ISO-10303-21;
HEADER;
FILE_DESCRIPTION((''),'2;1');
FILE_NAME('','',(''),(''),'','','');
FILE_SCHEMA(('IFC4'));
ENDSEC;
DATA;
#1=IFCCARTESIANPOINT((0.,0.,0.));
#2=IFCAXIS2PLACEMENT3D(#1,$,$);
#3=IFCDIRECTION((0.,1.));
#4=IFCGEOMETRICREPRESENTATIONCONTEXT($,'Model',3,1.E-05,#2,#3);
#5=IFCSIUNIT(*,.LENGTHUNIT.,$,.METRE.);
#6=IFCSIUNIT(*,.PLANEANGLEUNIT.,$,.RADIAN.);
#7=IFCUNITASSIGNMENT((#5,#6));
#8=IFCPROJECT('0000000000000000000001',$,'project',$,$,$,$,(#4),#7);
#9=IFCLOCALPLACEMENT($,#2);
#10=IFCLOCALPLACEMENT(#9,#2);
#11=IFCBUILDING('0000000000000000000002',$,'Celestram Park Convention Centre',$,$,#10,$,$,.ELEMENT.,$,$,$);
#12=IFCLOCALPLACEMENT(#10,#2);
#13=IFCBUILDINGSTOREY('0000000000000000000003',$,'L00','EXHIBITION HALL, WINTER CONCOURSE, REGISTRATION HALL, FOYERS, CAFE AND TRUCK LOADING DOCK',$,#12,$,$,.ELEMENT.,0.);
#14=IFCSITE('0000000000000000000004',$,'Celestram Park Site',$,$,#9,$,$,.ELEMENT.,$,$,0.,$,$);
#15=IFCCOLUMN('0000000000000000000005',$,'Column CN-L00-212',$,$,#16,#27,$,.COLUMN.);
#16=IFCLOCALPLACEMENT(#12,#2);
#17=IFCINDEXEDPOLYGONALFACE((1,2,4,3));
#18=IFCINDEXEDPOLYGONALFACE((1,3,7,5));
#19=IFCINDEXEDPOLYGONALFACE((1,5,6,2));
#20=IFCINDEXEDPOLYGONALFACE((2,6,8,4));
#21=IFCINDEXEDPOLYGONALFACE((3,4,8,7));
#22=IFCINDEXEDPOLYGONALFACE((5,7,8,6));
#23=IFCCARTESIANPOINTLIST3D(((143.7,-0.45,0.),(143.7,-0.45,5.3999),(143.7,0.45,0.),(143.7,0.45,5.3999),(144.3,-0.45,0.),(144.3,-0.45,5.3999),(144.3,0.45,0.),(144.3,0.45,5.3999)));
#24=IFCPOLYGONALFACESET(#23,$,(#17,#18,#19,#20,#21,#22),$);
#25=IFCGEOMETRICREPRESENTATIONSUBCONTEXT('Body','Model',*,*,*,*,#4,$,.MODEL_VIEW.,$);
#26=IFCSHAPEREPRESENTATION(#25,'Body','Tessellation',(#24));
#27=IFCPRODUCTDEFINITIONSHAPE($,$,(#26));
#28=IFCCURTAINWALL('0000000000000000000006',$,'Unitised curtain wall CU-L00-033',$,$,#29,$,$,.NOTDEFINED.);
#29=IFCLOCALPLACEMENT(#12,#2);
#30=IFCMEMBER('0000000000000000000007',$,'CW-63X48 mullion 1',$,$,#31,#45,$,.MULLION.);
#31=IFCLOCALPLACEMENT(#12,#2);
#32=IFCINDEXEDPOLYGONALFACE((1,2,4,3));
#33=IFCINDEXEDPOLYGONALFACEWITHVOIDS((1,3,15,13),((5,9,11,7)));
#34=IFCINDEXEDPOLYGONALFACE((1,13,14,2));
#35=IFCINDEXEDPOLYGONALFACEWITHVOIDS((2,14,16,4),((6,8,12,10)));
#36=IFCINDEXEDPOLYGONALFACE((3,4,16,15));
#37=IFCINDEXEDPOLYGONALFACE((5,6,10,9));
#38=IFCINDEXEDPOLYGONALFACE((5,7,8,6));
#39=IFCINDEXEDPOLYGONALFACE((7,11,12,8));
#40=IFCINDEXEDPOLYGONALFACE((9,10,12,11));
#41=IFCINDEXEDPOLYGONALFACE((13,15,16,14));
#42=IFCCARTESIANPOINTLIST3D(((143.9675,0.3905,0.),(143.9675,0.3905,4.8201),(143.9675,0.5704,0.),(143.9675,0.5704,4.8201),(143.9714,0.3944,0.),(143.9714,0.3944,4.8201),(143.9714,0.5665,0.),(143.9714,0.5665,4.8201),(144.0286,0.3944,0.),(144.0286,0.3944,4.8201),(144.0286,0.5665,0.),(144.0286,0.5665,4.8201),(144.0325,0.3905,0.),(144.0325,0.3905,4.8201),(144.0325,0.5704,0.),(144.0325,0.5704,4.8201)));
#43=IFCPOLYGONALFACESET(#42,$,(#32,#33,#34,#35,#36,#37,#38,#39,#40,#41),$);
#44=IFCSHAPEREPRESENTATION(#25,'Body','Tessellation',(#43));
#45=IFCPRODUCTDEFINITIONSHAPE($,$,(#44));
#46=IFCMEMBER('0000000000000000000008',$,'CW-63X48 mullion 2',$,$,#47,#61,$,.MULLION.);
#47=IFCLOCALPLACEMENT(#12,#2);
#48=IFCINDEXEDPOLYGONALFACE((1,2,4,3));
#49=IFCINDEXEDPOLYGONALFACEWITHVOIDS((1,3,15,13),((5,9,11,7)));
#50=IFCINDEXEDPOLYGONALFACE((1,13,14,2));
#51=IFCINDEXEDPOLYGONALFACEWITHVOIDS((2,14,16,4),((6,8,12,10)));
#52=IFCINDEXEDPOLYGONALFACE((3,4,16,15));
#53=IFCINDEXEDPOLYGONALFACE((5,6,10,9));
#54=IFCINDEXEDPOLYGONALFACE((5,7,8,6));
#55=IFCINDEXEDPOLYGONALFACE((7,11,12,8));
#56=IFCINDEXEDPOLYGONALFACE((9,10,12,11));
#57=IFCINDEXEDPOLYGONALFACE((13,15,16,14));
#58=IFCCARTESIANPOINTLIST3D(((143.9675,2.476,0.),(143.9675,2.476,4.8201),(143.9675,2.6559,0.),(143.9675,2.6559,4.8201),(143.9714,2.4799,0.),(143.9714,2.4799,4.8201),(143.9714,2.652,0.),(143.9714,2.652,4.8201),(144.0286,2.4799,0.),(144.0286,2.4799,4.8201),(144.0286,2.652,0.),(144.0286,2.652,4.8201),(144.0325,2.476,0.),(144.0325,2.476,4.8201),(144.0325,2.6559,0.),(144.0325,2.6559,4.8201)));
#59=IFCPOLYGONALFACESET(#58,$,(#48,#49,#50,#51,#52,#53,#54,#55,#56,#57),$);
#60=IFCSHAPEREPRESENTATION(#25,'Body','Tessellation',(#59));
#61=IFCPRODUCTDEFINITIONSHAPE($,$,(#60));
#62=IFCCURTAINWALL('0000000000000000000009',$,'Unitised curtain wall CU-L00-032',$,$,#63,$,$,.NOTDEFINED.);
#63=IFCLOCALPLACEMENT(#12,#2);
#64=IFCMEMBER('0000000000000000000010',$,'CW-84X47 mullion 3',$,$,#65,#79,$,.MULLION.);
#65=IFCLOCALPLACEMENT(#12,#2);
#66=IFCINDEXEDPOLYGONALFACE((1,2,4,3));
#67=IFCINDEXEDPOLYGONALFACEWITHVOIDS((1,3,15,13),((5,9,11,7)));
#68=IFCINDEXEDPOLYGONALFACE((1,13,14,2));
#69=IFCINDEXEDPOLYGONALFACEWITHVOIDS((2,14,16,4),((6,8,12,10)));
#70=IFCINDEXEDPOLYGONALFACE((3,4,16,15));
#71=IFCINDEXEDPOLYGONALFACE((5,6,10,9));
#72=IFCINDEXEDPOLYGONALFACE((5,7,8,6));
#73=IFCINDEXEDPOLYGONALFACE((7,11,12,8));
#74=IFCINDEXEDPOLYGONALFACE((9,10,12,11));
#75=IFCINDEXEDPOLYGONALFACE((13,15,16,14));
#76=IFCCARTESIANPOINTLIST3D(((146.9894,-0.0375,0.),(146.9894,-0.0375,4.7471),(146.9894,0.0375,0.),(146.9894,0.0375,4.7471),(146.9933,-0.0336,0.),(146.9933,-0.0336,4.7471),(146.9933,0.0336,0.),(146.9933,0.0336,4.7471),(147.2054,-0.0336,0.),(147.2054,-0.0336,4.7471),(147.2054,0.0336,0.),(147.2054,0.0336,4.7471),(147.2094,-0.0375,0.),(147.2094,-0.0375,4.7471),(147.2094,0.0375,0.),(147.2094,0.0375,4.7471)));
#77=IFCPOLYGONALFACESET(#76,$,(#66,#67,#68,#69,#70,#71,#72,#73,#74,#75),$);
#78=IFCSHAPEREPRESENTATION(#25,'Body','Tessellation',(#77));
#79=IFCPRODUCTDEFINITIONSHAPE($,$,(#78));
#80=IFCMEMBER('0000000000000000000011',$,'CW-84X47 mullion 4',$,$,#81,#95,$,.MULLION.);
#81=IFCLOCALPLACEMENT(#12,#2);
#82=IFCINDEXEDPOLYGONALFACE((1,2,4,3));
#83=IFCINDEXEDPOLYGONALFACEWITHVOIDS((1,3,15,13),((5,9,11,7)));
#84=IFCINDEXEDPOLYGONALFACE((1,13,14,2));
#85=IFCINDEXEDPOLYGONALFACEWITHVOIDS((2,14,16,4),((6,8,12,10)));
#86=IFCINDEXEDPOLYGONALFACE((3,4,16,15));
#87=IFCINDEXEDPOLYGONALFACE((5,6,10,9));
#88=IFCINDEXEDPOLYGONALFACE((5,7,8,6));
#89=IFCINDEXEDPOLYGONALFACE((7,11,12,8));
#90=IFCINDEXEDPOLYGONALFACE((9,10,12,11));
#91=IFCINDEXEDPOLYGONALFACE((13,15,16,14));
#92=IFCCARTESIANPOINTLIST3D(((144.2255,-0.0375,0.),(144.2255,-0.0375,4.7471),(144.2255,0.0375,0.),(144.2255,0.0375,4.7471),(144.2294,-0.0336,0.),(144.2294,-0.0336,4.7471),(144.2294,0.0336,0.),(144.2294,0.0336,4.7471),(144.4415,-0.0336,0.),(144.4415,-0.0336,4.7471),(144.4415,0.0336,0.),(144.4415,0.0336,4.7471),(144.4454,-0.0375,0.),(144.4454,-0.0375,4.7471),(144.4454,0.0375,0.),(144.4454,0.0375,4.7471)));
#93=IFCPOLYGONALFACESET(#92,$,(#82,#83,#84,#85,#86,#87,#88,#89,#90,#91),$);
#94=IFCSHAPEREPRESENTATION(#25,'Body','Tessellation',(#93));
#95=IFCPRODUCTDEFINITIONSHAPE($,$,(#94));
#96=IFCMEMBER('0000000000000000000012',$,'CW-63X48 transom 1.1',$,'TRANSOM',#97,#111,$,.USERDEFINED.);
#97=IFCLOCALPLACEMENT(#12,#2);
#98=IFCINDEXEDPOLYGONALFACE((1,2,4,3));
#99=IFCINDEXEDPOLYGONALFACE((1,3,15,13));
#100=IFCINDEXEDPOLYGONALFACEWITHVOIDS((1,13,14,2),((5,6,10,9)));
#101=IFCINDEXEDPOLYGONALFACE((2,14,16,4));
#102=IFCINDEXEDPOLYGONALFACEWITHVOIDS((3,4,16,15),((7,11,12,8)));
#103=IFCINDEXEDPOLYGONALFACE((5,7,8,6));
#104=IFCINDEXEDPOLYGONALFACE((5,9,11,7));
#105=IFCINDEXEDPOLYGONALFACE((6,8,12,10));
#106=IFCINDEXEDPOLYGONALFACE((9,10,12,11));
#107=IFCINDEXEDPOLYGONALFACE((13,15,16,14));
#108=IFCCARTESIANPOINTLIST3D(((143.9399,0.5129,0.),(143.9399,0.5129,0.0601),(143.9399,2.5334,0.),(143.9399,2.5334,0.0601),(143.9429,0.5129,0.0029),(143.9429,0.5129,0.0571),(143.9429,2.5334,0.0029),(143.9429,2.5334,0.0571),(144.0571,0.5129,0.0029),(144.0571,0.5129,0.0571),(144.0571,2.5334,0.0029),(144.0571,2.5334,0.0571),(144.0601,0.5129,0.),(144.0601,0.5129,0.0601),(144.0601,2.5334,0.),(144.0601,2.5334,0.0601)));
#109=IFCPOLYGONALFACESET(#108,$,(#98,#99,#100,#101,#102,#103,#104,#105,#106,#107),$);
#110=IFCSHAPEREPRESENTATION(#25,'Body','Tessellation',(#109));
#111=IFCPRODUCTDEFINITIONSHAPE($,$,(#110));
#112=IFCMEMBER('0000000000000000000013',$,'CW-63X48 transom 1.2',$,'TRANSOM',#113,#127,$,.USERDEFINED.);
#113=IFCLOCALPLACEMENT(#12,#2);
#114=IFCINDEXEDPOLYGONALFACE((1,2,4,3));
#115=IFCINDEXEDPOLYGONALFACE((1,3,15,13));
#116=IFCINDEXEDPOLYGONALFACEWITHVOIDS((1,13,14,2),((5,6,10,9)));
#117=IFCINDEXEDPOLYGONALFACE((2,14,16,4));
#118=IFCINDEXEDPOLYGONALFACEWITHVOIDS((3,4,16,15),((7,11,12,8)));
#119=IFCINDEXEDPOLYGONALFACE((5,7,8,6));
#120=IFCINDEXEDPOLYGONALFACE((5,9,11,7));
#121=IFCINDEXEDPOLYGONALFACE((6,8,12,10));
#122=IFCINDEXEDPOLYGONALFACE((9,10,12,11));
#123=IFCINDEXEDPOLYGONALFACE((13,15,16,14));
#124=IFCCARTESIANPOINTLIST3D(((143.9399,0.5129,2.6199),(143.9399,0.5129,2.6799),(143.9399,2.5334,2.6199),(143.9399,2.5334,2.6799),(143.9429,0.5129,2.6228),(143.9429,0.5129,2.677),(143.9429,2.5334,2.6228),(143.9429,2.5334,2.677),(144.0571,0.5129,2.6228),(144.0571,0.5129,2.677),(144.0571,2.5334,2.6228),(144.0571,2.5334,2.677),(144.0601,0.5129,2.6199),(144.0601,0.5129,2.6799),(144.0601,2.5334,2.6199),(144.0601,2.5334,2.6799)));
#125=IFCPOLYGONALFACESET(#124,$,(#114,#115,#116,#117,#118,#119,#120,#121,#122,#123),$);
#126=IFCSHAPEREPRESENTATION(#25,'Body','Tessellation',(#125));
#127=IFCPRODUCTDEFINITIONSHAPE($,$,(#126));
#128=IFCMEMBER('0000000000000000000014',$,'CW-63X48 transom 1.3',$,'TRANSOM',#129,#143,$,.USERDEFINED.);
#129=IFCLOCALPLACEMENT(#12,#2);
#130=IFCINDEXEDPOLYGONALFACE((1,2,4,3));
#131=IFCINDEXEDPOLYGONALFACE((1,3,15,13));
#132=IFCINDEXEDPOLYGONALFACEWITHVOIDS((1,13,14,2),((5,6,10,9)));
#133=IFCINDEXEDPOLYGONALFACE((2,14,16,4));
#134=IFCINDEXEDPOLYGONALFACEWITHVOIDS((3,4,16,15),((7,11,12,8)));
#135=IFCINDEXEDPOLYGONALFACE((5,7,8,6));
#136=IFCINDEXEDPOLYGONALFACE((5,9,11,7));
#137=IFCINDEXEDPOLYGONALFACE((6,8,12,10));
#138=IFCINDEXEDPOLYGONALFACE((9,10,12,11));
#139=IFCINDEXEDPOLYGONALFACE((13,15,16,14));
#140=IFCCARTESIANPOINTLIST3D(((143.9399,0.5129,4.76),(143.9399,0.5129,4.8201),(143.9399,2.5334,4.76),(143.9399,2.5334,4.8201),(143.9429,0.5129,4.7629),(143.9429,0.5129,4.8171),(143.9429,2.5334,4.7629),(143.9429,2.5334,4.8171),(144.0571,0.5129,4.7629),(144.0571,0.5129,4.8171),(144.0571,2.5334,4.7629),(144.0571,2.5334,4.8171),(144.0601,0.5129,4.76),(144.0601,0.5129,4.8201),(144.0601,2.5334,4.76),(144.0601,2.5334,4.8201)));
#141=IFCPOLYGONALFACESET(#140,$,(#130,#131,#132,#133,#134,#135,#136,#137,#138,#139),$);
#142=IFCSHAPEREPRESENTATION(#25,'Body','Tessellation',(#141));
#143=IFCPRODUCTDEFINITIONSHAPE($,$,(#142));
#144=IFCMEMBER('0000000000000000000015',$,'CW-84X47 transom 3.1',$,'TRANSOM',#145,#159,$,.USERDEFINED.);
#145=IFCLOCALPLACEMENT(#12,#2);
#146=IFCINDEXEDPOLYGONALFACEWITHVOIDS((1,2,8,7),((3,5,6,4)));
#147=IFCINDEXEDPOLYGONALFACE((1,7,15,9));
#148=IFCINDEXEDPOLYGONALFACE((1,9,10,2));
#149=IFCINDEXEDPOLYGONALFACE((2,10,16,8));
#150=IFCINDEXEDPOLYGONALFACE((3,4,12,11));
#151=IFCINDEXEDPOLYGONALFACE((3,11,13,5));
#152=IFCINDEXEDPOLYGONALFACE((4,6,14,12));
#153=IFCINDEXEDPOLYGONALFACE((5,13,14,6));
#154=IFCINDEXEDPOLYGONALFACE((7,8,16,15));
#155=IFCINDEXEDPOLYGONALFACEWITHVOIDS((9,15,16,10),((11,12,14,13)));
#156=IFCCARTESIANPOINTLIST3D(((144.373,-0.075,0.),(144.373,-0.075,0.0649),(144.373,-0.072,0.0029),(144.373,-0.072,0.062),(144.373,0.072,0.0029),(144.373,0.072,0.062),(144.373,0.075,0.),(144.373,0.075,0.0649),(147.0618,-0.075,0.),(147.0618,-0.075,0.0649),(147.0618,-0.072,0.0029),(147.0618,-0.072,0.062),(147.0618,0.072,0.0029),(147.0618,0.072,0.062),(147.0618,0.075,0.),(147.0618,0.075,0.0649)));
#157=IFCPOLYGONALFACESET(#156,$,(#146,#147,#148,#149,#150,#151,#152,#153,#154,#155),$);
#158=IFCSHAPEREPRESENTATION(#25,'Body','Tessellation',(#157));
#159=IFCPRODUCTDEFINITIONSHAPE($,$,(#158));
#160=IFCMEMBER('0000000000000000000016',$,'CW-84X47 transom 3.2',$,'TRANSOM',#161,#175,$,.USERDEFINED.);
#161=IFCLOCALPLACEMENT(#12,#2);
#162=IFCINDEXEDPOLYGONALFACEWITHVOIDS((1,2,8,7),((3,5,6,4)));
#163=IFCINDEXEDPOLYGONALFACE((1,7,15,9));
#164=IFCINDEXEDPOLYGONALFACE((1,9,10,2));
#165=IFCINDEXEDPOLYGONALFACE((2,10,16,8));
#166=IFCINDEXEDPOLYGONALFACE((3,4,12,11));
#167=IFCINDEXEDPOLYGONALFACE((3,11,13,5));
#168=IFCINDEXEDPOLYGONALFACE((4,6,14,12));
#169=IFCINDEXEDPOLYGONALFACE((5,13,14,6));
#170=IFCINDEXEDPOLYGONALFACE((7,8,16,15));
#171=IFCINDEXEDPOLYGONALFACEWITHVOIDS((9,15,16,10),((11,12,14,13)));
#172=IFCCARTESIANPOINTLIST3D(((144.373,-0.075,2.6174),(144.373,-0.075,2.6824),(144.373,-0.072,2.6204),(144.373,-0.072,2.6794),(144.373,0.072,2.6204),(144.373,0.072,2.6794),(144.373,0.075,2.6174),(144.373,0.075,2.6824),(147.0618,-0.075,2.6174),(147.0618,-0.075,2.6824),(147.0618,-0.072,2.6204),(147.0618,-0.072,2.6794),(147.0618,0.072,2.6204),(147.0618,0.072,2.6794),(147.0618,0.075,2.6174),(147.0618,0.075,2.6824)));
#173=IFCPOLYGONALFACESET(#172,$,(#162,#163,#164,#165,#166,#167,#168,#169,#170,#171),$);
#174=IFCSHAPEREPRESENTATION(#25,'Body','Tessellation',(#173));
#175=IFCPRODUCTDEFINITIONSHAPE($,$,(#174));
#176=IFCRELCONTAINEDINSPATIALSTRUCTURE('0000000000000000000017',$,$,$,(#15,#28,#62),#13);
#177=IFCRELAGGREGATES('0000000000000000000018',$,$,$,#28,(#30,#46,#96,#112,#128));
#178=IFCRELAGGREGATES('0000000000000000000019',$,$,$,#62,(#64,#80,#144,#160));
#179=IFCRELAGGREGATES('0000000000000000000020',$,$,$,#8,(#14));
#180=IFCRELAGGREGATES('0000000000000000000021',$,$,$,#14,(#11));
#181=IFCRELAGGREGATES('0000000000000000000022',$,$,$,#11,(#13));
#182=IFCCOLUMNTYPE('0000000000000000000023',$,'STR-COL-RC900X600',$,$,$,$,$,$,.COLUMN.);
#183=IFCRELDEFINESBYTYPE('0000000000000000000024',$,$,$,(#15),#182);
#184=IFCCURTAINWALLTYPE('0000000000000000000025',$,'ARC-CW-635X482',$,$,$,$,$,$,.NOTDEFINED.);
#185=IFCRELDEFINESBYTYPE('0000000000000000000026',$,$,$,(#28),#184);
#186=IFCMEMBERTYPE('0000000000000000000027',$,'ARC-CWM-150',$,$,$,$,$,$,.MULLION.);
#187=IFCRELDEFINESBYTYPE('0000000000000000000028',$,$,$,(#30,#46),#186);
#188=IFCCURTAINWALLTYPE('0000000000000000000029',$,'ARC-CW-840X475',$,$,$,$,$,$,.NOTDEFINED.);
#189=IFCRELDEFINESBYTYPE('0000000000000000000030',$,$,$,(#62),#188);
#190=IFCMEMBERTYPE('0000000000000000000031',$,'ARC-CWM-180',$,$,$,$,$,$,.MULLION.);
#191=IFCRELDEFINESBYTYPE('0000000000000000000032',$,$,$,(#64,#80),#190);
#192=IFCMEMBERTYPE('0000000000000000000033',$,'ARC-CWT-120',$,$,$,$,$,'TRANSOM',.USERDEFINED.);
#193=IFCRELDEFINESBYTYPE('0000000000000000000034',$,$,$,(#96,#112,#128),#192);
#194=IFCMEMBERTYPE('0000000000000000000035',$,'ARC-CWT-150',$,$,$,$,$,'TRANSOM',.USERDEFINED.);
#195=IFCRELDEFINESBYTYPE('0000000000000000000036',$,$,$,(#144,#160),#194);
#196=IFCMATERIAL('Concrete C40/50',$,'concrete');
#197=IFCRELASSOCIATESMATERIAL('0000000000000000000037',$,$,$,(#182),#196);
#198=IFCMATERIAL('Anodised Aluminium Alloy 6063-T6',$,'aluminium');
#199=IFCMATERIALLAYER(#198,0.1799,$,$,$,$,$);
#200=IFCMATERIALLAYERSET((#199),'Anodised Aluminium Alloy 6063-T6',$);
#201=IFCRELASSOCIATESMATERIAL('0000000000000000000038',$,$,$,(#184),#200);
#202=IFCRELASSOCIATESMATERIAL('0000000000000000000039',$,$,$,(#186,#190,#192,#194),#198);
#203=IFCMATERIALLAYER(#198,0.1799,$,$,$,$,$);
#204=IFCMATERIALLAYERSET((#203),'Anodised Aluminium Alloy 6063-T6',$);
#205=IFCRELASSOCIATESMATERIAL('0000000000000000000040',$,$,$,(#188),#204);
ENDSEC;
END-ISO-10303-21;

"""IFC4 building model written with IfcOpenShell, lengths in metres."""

from ifc_helpers import new_model, si_unit, direction, frame, origin, origin_2d, place, context, subcontext, project, spatial, rectangle, hollow_rectangle, extrude, material, layer, layer_set, material_profile, profile_set, type_object, element, aggregate, save


model = new_model("IFC4")

# Units and contexts
model_context = context("Model", 3, precision=1e-05, world=origin(), true_north=direction((0.0, 1.0)))
body_context = subcontext(model_context, "Body", "Model", "MODEL_VIEW")
ifc_project = project(units=[si_unit("LENGTHUNIT", "METRE"), si_unit("PLANEANGLEUNIT", "RADIAN")], contexts=[model_context])

# Site, building, storey
site_placement = place(None, origin())
site = spatial("IfcSite", under=ifc_project, at=site_placement, Name="Celestram Park Site", CompositionType="ELEMENT", RefElevation=0.0)
building_placement = place(site_placement, origin())
building = spatial("IfcBuilding", under=site, at=building_placement, Name="Celestram Park Convention Centre", CompositionType="ELEMENT")
storey_placement = place(building_placement, origin())
storey = spatial("IfcBuildingStorey", under=building, at=storey_placement, Name="L00", Description="EXHIBITION HALL, WINTER CONCOURSE, REGISTRATION HALL, FOYERS, CAFE AND TRUCK LOADING DOCK", CompositionType="ELEMENT", Elevation=0.0)

# Column
ifc_material_1 = material(Name="Concrete C40/50", Category="concrete")
ifc_material_profile_1 = material_profile(ifc_material_1, rectangle(XDim=0.6001, YDim=0.8999, at=origin_2d()), Name="RC900X600")
ifc_profile_set_1 = profile_set([ifc_material_profile_1], Name="Concrete C40/50")
column_type = type_object("IfcColumnType", Name="STR-COL-RC900X600", PredefinedType="COLUMN", material=ifc_profile_set_1)
column_placement = place(storey_placement, frame((144.0, 0.0, 0.0), z_axis=(0.0, 0.0, 1.0), x_axis=(1.0, 0.0, 0.0)))
element("IfcColumn", 1, at=column_placement, inside=storey, type_object=column_type, Name="Column CN-L00-212", PredefinedType="COLUMN", context=body_context, shape_type="SweptSolid", body=[
    extrude(rectangle(XDim=0.6001, YDim=0.8999, at=origin_2d()), origin(), (0.0, 0.0, 1.0), 5.3999),
])

# Curtain walls, members
ifc_material_2 = material(Name="Anodised Aluminium Alloy 6063-T6", Category="aluminium")
ifc_layer_1 = layer(ifc_material_2, 0.1799)
ifc_layer_set_1 = layer_set([ifc_layer_1], Name="Anodised Aluminium Alloy 6063-T6")
curtain_wall_type_1 = type_object("IfcCurtainWallType", Name="ARC-CW-635X482", PredefinedType="NOTDEFINED", material=ifc_layer_set_1)
curtain_wall_1_placement = place(storey_placement, origin())
curtain_wall_1 = element("IfcCurtainWall", 2, at=curtain_wall_1_placement, inside=storey, type_object=curtain_wall_type_1, Name="Unitised curtain wall CU-L00-033", PredefinedType="NOTDEFINED")
ifc_material_profile_2 = material_profile(ifc_material_2, hollow_rectangle(XDim=0.0649, YDim=0.1799, WallThickness=0.0039, at=origin_2d()), Name="ALU65X180X4")
ifc_profile_set_2 = profile_set([ifc_material_profile_2], Name="Anodised Aluminium Alloy 6063-T6")
member_type_1 = type_object("IfcMemberType", Name="ARC-CWM-150", PredefinedType="MULLION", material=ifc_profile_set_2)
member_1_placement = place(storey_placement, frame((144.0, 0.4805, 0.0), z_axis=(0.0, 0.0, 1.0), x_axis=(-1.0, 0.0, 0.0)))
member_1 = element("IfcMember", 3, at=member_1_placement, type_object=member_type_1, Name="CW-63X48 mullion 1", PredefinedType="MULLION", context=body_context, shape_type="SweptSolid", body=[
    extrude(hollow_rectangle(XDim=0.0649, YDim=0.1799, WallThickness=0.0039, at=origin_2d()), origin(), (0.0, 0.0, 1.0), 4.8201),
])
member_2_placement = place(storey_placement, frame((144.0, 2.5659, 0.0), z_axis=(0.0, 0.0, 1.0), x_axis=(-1.0, 0.0, 0.0)))
member_2 = element("IfcMember", 4, at=member_2_placement, type_object=member_type_1, Name="CW-63X48 mullion 2", PredefinedType="MULLION", context=body_context, shape_type="SweptSolid", body=[
    extrude(hollow_rectangle(XDim=0.0649, YDim=0.1799, WallThickness=0.0039, at=origin_2d()), origin(), (0.0, 0.0, 1.0), 4.8201),
])
ifc_layer_2 = layer(ifc_material_2, 0.1799)
ifc_layer_set_2 = layer_set([ifc_layer_2], Name="Anodised Aluminium Alloy 6063-T6")
curtain_wall_type_2 = type_object("IfcCurtainWallType", Name="ARC-CW-840X475", PredefinedType="NOTDEFINED", material=ifc_layer_set_2)
curtain_wall_2_placement = place(storey_placement, origin())
curtain_wall_2 = element("IfcCurtainWall", 5, at=curtain_wall_2_placement, inside=storey, type_object=curtain_wall_type_2, Name="Unitised curtain wall CU-L00-032", PredefinedType="NOTDEFINED")
ifc_material_profile_3 = material_profile(ifc_material_2, hollow_rectangle(XDim=0.075, YDim=0.22, WallThickness=0.0039, at=origin_2d()), Name="ALU75X220X4")
ifc_profile_set_3 = profile_set([ifc_material_profile_3], Name="Anodised Aluminium Alloy 6063-T6")
member_type_2 = type_object("IfcMemberType", Name="ARC-CWM-180", PredefinedType="MULLION", material=ifc_profile_set_3)
member_3_placement = place(storey_placement, frame((147.0994, 0.0, 0.0), z_axis=(0.0, 0.0, 1.0), x_axis=(0.0, -1.0, 0.0)))
member_3 = element("IfcMember", 6, at=member_3_placement, type_object=member_type_2, Name="CW-84X47 mullion 3", PredefinedType="MULLION", context=body_context, shape_type="SweptSolid", body=[
    extrude(hollow_rectangle(XDim=0.075, YDim=0.22, WallThickness=0.0039, at=origin_2d()), origin(), (0.0, 0.0, 1.0), 4.7471),
])
member_4_placement = place(storey_placement, frame((144.3354, 0.0, 0.0), z_axis=(0.0, 0.0, 1.0), x_axis=(0.0, -1.0, 0.0)))
member_4 = element("IfcMember", 7, at=member_4_placement, type_object=member_type_2, Name="CW-84X47 mullion 4", PredefinedType="MULLION", context=body_context, shape_type="SweptSolid", body=[
    extrude(hollow_rectangle(XDim=0.075, YDim=0.22, WallThickness=0.0039, at=origin_2d()), origin(), (0.0, 0.0, 1.0), 4.7471),
])

# Members
ifc_material_profile_4 = material_profile(ifc_material_2, hollow_rectangle(XDim=0.1201, YDim=0.0601, WallThickness=0.0029, at=origin_2d()), Name="ALU120X60X3")
ifc_profile_set_4 = profile_set([ifc_material_profile_4], Name="Anodised Aluminium Alloy 6063-T6")
member_type_3 = type_object("IfcMemberType", Name="ARC-CWT-120", ElementType="TRANSOM", PredefinedType="USERDEFINED", material=ifc_profile_set_4)
member_5_placement = place(storey_placement, frame((144.0, 0.5129, 0.03), z_axis=(0.0, 1.0, 0.0), x_axis=(-1.0, 0.0, 0.0)))
member_5 = element("IfcMember", 8, at=member_5_placement, type_object=member_type_3, Name="CW-63X48 transom 1.1", ObjectType="TRANSOM", PredefinedType="USERDEFINED", context=body_context, shape_type="SweptSolid", body=[
    extrude(hollow_rectangle(XDim=0.1201, YDim=0.0601, WallThickness=0.0029, at=origin_2d()), origin(), (0.0, 0.0, 1.0), 2.0205),
])
member_6_placement = place(storey_placement, frame((144.0, 0.5129, 2.6499), z_axis=(0.0, 1.0, 0.0), x_axis=(-1.0, 0.0, 0.0)))
member_6 = element("IfcMember", 9, at=member_6_placement, type_object=member_type_3, Name="CW-63X48 transom 1.2", ObjectType="TRANSOM", PredefinedType="USERDEFINED", context=body_context, shape_type="SweptSolid", body=[
    extrude(hollow_rectangle(XDim=0.1201, YDim=0.0601, WallThickness=0.0029, at=origin_2d()), origin(), (0.0, 0.0, 1.0), 2.0205),
])
member_7_placement = place(storey_placement, frame((144.0, 0.5129, 4.79), z_axis=(0.0, 1.0, 0.0), x_axis=(-1.0, 0.0, 0.0)))
member_7 = element("IfcMember", 10, at=member_7_placement, type_object=member_type_3, Name="CW-63X48 transom 1.3", ObjectType="TRANSOM", PredefinedType="USERDEFINED", context=body_context, shape_type="SweptSolid", body=[
    extrude(hollow_rectangle(XDim=0.1201, YDim=0.0601, WallThickness=0.0029, at=origin_2d()), origin(), (0.0, 0.0, 1.0), 2.0205),
])
ifc_material_profile_5 = material_profile(ifc_material_2, hollow_rectangle(XDim=0.1499, YDim=0.0649, WallThickness=0.0029, at=origin_2d()), Name="ALU150X65X3")
ifc_profile_set_5 = profile_set([ifc_material_profile_5], Name="Anodised Aluminium Alloy 6063-T6")
member_type_4 = type_object("IfcMemberType", Name="ARC-CWT-150", ElementType="TRANSOM", PredefinedType="USERDEFINED", material=ifc_profile_set_5)
member_8_placement = place(storey_placement, frame((147.0618, 0.0, 0.0325), z_axis=(-1.0, 0.0, 0.0), x_axis=(0.0, -1.0, 0.0)))
member_8 = element("IfcMember", 11, at=member_8_placement, type_object=member_type_4, Name="CW-84X47 transom 3.1", ObjectType="TRANSOM", PredefinedType="USERDEFINED", context=body_context, shape_type="SweptSolid", body=[
    extrude(hollow_rectangle(XDim=0.1499, YDim=0.0649, WallThickness=0.0029, at=origin_2d()), origin(), (0.0, 0.0, 1.0), 2.6887),
])
member_9_placement = place(storey_placement, frame((147.0618, 0.0, 2.6499), z_axis=(-1.0, 0.0, 0.0), x_axis=(0.0, -1.0, 0.0)))
member_9 = element("IfcMember", 12, at=member_9_placement, type_object=member_type_4, Name="CW-84X47 transom 3.2", ObjectType="TRANSOM", PredefinedType="USERDEFINED", context=body_context, shape_type="SweptSolid", body=[
    extrude(hollow_rectangle(XDim=0.1499, YDim=0.0649, WallThickness=0.0029, at=origin_2d()), origin(), (0.0, 0.0, 1.0), 2.6887),
])

aggregate(curtain_wall_1, [member_1, member_2, member_5, member_6, member_7])
aggregate(curtain_wall_2, [member_3, member_4, member_8, member_9])

save(model, "model.ifc")
